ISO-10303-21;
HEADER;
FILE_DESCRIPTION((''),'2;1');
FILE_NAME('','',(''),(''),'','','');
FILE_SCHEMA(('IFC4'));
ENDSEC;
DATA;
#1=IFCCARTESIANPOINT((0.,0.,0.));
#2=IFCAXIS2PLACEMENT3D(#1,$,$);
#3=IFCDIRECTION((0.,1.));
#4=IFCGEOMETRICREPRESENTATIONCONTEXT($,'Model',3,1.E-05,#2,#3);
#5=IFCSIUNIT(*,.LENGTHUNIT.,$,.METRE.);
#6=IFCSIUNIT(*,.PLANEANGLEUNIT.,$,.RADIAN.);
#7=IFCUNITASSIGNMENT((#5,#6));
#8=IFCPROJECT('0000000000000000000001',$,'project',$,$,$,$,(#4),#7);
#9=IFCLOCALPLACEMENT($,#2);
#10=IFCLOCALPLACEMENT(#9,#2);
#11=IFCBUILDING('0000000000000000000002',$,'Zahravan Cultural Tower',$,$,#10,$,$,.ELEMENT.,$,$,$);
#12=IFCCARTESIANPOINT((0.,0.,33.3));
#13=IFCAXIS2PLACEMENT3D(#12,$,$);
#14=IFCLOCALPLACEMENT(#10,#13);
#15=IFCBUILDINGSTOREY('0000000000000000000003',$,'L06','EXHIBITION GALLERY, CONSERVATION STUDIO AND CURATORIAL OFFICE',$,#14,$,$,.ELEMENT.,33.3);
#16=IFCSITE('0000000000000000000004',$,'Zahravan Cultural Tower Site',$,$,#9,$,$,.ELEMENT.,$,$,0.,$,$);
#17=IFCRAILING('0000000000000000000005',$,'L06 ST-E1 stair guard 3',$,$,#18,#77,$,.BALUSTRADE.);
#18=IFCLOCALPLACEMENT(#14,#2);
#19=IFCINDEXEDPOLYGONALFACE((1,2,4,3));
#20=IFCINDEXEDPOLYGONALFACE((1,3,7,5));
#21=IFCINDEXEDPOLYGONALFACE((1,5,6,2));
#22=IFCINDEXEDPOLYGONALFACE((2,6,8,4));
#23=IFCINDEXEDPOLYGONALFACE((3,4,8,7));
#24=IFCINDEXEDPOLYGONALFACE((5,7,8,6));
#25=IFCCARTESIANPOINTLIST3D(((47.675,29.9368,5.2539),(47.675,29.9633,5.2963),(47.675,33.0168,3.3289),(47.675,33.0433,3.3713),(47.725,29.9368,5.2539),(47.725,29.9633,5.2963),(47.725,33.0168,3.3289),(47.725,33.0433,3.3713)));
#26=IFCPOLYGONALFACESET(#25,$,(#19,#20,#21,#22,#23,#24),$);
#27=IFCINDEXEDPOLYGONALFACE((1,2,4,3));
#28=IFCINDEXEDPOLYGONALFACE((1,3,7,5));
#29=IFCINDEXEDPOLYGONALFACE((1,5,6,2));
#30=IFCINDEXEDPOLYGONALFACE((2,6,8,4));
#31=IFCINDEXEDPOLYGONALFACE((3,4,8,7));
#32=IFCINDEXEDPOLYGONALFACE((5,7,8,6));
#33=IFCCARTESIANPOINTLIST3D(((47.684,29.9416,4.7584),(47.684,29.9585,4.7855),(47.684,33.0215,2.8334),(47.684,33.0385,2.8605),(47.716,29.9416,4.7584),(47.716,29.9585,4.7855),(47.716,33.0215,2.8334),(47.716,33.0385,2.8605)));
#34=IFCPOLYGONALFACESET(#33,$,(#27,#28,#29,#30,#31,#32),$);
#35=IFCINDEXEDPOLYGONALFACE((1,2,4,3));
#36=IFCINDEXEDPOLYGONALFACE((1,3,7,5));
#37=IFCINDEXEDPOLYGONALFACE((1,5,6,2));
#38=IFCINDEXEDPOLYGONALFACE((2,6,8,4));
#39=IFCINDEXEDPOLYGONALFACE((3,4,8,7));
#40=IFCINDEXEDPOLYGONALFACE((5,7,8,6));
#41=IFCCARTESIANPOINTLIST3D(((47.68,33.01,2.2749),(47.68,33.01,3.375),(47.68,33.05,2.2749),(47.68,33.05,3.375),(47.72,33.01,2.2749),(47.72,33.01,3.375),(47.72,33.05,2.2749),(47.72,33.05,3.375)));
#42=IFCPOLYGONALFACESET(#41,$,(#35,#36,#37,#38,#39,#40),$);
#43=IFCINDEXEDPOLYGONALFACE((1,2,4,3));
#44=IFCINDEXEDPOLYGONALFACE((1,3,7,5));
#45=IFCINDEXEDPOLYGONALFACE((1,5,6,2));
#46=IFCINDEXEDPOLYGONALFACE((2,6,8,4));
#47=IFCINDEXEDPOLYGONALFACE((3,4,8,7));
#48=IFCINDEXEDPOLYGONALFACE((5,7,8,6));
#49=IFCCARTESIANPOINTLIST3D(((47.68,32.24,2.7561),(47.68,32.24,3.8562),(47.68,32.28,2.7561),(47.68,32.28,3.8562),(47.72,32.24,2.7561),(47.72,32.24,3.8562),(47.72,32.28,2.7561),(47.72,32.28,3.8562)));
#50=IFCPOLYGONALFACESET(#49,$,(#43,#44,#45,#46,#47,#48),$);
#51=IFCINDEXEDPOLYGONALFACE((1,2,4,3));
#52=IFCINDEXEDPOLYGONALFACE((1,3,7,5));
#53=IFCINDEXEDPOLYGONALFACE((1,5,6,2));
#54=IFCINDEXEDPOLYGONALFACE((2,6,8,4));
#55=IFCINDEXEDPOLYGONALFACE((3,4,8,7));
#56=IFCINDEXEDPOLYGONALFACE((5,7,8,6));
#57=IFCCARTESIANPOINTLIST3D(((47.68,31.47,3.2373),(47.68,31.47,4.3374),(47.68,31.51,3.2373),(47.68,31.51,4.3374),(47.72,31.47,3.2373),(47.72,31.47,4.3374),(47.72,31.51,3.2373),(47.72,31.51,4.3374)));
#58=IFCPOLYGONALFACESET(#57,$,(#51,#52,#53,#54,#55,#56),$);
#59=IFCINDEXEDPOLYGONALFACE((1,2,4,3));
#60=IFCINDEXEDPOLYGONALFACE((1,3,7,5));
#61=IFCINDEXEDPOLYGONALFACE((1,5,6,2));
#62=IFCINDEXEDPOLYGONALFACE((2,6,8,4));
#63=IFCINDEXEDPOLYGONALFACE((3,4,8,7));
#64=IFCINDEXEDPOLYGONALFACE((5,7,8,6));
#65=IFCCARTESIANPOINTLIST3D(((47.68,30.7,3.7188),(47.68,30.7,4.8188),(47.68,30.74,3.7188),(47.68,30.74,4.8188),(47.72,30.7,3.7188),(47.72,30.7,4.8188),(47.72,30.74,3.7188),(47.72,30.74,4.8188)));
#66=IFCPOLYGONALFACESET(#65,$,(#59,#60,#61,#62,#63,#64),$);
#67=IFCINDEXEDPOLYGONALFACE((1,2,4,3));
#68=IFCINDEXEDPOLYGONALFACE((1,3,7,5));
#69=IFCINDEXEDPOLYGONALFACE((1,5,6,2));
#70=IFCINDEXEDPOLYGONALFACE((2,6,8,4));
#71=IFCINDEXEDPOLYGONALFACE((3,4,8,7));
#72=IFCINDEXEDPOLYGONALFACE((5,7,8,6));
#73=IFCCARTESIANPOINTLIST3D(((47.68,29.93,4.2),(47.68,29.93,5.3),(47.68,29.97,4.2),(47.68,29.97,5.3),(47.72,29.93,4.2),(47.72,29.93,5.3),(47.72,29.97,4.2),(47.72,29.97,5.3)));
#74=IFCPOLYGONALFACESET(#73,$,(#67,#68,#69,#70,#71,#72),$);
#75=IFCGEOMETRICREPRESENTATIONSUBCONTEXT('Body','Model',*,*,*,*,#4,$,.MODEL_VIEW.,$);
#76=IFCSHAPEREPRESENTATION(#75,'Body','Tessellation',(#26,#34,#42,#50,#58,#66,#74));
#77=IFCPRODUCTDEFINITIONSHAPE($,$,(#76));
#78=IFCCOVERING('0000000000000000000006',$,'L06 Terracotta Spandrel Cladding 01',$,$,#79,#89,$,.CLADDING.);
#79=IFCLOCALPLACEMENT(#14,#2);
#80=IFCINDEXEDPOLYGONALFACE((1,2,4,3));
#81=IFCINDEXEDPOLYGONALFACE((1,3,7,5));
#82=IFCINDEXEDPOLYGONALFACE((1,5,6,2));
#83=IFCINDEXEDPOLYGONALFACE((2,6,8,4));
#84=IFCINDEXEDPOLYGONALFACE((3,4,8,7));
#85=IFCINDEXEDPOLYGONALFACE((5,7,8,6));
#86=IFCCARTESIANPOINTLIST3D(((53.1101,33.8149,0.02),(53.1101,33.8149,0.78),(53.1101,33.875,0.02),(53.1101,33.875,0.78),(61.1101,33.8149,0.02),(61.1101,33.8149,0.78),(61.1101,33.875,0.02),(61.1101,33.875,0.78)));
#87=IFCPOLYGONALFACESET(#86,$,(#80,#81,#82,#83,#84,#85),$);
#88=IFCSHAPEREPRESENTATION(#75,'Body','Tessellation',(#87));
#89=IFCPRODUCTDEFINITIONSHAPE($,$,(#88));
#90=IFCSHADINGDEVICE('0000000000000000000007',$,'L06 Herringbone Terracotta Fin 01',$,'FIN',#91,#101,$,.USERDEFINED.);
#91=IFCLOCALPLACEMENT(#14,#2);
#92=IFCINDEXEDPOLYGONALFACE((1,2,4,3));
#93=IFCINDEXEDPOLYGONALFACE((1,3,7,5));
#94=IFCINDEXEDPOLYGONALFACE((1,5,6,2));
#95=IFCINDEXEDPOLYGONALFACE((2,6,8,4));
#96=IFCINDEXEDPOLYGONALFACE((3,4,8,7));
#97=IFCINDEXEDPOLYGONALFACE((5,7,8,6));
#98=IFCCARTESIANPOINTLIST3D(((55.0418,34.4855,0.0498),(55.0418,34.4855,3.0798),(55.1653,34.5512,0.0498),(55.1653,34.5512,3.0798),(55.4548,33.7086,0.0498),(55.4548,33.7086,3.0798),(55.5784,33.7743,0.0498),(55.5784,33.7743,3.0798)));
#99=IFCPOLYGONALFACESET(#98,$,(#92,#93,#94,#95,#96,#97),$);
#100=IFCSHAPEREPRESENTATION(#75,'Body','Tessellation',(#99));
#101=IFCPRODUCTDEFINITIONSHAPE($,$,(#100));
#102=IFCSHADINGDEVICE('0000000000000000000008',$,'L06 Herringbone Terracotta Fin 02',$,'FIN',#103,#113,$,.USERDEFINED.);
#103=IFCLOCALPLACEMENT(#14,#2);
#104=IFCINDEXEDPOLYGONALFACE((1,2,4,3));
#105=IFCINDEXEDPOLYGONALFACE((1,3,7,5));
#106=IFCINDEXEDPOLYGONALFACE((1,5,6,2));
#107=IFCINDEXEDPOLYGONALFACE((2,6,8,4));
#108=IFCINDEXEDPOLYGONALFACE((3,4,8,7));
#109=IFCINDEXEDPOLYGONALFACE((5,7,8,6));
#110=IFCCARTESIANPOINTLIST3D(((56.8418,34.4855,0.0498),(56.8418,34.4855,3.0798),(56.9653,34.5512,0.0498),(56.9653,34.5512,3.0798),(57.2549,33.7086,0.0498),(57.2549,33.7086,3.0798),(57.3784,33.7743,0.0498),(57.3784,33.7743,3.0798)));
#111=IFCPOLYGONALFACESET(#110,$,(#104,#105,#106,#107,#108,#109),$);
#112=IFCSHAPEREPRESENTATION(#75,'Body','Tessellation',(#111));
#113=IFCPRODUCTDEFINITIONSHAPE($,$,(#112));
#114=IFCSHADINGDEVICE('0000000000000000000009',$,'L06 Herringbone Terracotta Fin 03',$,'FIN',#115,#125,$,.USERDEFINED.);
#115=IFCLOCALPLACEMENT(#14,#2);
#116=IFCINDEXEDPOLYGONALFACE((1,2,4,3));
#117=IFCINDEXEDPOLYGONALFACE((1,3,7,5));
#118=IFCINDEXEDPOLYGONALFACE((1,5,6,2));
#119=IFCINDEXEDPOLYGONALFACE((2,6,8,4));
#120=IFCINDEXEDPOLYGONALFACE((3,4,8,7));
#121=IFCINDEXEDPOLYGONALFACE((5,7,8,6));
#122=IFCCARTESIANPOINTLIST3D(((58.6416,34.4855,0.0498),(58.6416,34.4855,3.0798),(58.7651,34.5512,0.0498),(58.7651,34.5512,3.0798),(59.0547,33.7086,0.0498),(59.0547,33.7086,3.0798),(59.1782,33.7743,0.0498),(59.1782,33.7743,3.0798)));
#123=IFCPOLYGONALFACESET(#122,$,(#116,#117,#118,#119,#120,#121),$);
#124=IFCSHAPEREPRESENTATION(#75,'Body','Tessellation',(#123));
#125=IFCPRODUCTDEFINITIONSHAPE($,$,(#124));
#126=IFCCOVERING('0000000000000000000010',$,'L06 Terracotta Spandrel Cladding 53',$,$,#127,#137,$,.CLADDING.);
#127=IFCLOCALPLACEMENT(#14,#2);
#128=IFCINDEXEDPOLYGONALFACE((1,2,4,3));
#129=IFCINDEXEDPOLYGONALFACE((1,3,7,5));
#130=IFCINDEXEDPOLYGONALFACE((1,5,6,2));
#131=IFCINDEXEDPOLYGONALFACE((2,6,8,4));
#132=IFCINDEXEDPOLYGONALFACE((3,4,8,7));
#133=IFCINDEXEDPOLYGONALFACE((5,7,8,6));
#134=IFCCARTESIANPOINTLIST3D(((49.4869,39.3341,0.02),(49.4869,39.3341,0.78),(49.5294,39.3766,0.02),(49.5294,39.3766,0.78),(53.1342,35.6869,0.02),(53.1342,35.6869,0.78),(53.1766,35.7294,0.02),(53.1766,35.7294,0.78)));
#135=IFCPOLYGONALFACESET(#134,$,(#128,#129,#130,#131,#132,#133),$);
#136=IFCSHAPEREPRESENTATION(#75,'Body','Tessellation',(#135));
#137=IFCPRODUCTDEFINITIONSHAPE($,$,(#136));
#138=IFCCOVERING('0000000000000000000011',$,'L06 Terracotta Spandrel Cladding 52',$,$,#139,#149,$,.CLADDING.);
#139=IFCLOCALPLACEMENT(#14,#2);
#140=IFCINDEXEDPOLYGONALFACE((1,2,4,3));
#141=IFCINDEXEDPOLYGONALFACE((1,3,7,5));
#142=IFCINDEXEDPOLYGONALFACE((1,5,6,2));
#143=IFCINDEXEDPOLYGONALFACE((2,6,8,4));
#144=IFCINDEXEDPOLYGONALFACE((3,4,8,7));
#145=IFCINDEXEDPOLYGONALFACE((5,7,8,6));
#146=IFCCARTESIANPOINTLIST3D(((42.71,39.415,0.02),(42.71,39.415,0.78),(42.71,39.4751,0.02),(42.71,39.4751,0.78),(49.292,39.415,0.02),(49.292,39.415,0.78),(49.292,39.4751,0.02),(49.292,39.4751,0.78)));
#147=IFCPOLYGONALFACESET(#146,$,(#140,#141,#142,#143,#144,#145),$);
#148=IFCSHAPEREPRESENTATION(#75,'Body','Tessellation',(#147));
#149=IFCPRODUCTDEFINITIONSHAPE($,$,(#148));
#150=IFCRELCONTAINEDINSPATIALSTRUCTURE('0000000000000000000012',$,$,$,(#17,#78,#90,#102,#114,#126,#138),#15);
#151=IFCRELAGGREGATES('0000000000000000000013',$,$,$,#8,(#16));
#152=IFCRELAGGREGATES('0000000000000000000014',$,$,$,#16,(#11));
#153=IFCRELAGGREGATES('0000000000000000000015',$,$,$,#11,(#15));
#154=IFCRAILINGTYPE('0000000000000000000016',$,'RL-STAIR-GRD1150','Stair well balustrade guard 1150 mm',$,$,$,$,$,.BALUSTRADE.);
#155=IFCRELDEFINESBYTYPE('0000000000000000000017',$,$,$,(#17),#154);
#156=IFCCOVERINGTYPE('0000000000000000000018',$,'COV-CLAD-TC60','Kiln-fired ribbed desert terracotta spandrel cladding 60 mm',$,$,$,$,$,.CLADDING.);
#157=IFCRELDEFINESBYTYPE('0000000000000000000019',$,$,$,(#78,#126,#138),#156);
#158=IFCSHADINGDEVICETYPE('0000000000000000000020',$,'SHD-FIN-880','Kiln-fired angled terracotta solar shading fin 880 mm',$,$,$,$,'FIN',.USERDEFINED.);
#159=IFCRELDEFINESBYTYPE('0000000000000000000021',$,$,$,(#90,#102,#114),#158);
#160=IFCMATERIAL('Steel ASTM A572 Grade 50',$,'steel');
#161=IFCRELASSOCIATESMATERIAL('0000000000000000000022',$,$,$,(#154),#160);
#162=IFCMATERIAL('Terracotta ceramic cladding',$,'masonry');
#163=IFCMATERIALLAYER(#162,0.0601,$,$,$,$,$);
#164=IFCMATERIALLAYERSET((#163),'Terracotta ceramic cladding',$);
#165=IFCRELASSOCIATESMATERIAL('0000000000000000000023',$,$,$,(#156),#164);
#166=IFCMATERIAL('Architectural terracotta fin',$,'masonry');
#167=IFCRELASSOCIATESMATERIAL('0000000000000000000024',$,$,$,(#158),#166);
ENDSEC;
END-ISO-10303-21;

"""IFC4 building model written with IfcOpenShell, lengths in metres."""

from ifc_helpers import new_model, si_unit, direction, frame, origin, origin_2d, place, context, subcontext, project, spatial, rectangle, extrude, source, transform, mapped, material, layer, layer_set, type_object, element, save


model = new_model("IFC4")

# Units and contexts
model_context = context("Model", 3, precision=1e-05, world=origin(), true_north=direction((0.0, 1.0)))
body_context = subcontext(model_context, "Body", "Model", "MODEL_VIEW")
ifc_project = project(units=[si_unit("LENGTHUNIT", "METRE"), si_unit("PLANEANGLEUNIT", "RADIAN")], contexts=[model_context])

# Site, building, storey
site_placement = place(None, origin())
site = spatial("IfcSite", under=ifc_project, at=site_placement, Name="Zahravan Cultural Tower Site", CompositionType="ELEMENT", RefElevation=0.0)
building_placement = place(site_placement, origin())
building = spatial("IfcBuilding", under=site, at=building_placement, Name="Zahravan Cultural Tower", CompositionType="ELEMENT")
storey_placement = place(building_placement, frame((0.0, 0.0, 33.3)))
storey = spatial("IfcBuildingStorey", under=building, at=storey_placement, Name="L06", Description="EXHIBITION GALLERY, CONSERVATION STUDIO AND CURATORIAL OFFICE", CompositionType="ELEMENT", Elevation=33.3)

# Shared definitions
ifc_material_1 = material(Name="Steel ASTM A572 Grade 50", Category="steel")

# Railing
railing_type = type_object("IfcRailingType", Name="RL-STAIR-GRD1150", Description="Stair well balustrade guard 1150 mm", PredefinedType="BALUSTRADE", material=ifc_material_1)
railing_1_placement = place(storey_placement, frame((47.7, 33.03, 2.2749)))
element("IfcRailing", 1, at=railing_1_placement, inside=storey, type_object=railing_type, Name="L06 ST-E1 stair guard 3", PredefinedType="BALUSTRADE", context=body_context, shape_type="SweptSolid", body=[
    extrude(rectangle(XDim=0.05, YDim=0.05, at=origin_2d()), frame((0.0, 0.0, 1.0752), z_axis=(0.0, -0.847998, 0.529999), x_axis=(1.0, 0.0, 0.0)), (0.0, 0.0, 1.0), 3.6321),
    extrude(rectangle(XDim=0.032, YDim=0.032, at=origin_2d()), frame((0.0, 0.0, 0.572), z_axis=(0.0, -0.847998, 0.529999), x_axis=(1.0, 0.0, 0.0)), (0.0, 0.0, 1.0), 3.6321),
    extrude(rectangle(XDim=0.04, YDim=0.04, at=origin_2d()), origin(), (0.0, 0.0, 1.0), 1.1001),
    extrude(rectangle(XDim=0.04, YDim=0.04, at=origin_2d()), frame((0.0, -0.77, 0.4812)), (0.0, 0.0, 1.0), 1.1001),
    extrude(rectangle(XDim=0.04, YDim=0.04, at=origin_2d()), frame((0.0, -1.54, 0.9624)), (0.0, 0.0, 1.0), 1.1001),
    extrude(rectangle(XDim=0.04, YDim=0.04, at=origin_2d()), frame((0.0, -2.3101, 1.4438)), (0.0, 0.0, 1.0), 1.1001),
    extrude(rectangle(XDim=0.04, YDim=0.04, at=origin_2d()), frame((0.0, -3.0801, 1.925)), (0.0, 0.0, 1.0), 1.1001),
])

# Covering
ifc_material_2 = material(Name="Terracotta ceramic cladding", Category="masonry")
ifc_layer_1 = layer(ifc_material_2, 0.0601)
ifc_layer_set_1 = layer_set([ifc_layer_1], Name="Terracotta ceramic cladding")
covering_type = type_object("IfcCoveringType", Name="COV-CLAD-TC60", Description="Kiln-fired ribbed desert terracotta spandrel cladding 60 mm", PredefinedType="CLADDING", material=ifc_layer_set_1)
shared_shape_1 = source(origin(), body_context, "Body", "SweptSolid", [
    extrude(rectangle(XDim=8.0, YDim=0.0601, at=origin_2d()), origin(), (0.0, 0.0, 1.0), 0.76),
])
covering_1_placement = place(storey_placement, frame((57.1101, 33.845, 0.02), z_axis=(0.0, 0.0, 1.0), x_axis=(1.0, 0.0, 0.0)))
element("IfcCovering", 2, at=covering_1_placement, inside=storey, type_object=covering_type, Name="L06 Terracotta Spandrel Cladding 01", PredefinedType="CLADDING", context=body_context, shape_type="MappedRepresentation", body=[
    mapped(shared_shape_1, transform((0.0, 0.0, 0.0), x_axis=(1.0, 0.0, 0.0), y_axis=(0.0, 1.0, 0.0), z_axis=(0.0, 0.0, 1.0), scale=1.0)),
])

# Shading devices
ifc_material_3 = material(Name="Architectural terracotta fin", Category="masonry")
shading_device_type = type_object("IfcShadingDeviceType", Name="SHD-FIN-880", Description="Kiln-fired angled terracotta solar shading fin 880 mm", ElementType="FIN", PredefinedType="USERDEFINED", material=ifc_material_3)
shared_shape_2 = source(origin(), body_context, "Body", "SweptSolid", [
    extrude(rectangle(XDim=0.8799, YDim=0.1399, at=origin_2d()), origin(), (0.0, 0.0, 1.0), 3.03),
])
for number, where, z_axis, x_axis, name in (
    (3, (55.3101, 34.1299, 0.0498), (0.0, 0.0, 1.0), (-0.469472, 0.882948, 0.0), "L06 Herringbone Terracotta Fin 01"),
    (4, (57.1101, 34.1299, 0.0498), (0.0, 0.0, 1.0), (-0.469472, 0.882948, 0.0), "L06 Herringbone Terracotta Fin 02"),
    (5, (58.9099, 34.1299, 0.0498), (0.0, 0.0, 1.0), (-0.469472, 0.882948, 0.0), "L06 Herringbone Terracotta Fin 03"),
):
    element("IfcShadingDevice", number, at=place(storey_placement, frame(where, z_axis=z_axis, x_axis=x_axis)), inside=storey, type_object=shading_device_type, Name=name, ObjectType="FIN", PredefinedType="USERDEFINED", context=body_context, shape_type="MappedRepresentation", body=[
        mapped(shared_shape_2, transform((0.0, 0.0, 0.0), x_axis=(1.0, 0.0, 0.0), y_axis=(0.0, 1.0, 0.0), z_axis=(0.0, 0.0, 1.0), scale=1.0)),
    ])

# Coverings
shared_shape_3 = source(origin(), body_context, "Body", "SweptSolid", [
    extrude(rectangle(XDim=5.158, YDim=0.0601, at=origin_2d()), origin(), (0.0, 0.0, 1.0), 0.76),
])
covering_2_placement = place(storey_placement, frame((51.3318, 37.5317, 0.02), z_axis=(0.0, 0.0, 1.0), x_axis=(0.707107, -0.707107, 0.0)))
element("IfcCovering", 6, at=covering_2_placement, inside=storey, type_object=covering_type, Name="L06 Terracotta Spandrel Cladding 53", PredefinedType="CLADDING", context=body_context, shape_type="MappedRepresentation", body=[
    mapped(shared_shape_3, transform((0.0, 0.0, 0.0), x_axis=(1.0, 0.0, 0.0), y_axis=(0.0, 1.0, 0.0), z_axis=(0.0, 0.0, 1.0), scale=1.0)),
])
shared_shape_4 = source(origin(), body_context, "Body", "SweptSolid", [
    extrude(rectangle(XDim=6.582, YDim=0.0601, at=origin_2d()), origin(), (0.0, 0.0, 1.0), 0.76),
])
covering_3_placement = place(storey_placement, frame((46.001, 39.4451, 0.02), z_axis=(0.0, 0.0, 1.0), x_axis=(1.0, 0.0, 0.0)))
element("IfcCovering", 7, at=covering_3_placement, inside=storey, type_object=covering_type, Name="L06 Terracotta Spandrel Cladding 52", PredefinedType="CLADDING", context=body_context, shape_type="MappedRepresentation", body=[
    mapped(shared_shape_4, transform((0.0, 0.0, 0.0), x_axis=(1.0, 0.0, 0.0), y_axis=(0.0, 1.0, 0.0), z_axis=(0.0, 0.0, 1.0), scale=1.0)),
])

save(model, "model.ifc")
